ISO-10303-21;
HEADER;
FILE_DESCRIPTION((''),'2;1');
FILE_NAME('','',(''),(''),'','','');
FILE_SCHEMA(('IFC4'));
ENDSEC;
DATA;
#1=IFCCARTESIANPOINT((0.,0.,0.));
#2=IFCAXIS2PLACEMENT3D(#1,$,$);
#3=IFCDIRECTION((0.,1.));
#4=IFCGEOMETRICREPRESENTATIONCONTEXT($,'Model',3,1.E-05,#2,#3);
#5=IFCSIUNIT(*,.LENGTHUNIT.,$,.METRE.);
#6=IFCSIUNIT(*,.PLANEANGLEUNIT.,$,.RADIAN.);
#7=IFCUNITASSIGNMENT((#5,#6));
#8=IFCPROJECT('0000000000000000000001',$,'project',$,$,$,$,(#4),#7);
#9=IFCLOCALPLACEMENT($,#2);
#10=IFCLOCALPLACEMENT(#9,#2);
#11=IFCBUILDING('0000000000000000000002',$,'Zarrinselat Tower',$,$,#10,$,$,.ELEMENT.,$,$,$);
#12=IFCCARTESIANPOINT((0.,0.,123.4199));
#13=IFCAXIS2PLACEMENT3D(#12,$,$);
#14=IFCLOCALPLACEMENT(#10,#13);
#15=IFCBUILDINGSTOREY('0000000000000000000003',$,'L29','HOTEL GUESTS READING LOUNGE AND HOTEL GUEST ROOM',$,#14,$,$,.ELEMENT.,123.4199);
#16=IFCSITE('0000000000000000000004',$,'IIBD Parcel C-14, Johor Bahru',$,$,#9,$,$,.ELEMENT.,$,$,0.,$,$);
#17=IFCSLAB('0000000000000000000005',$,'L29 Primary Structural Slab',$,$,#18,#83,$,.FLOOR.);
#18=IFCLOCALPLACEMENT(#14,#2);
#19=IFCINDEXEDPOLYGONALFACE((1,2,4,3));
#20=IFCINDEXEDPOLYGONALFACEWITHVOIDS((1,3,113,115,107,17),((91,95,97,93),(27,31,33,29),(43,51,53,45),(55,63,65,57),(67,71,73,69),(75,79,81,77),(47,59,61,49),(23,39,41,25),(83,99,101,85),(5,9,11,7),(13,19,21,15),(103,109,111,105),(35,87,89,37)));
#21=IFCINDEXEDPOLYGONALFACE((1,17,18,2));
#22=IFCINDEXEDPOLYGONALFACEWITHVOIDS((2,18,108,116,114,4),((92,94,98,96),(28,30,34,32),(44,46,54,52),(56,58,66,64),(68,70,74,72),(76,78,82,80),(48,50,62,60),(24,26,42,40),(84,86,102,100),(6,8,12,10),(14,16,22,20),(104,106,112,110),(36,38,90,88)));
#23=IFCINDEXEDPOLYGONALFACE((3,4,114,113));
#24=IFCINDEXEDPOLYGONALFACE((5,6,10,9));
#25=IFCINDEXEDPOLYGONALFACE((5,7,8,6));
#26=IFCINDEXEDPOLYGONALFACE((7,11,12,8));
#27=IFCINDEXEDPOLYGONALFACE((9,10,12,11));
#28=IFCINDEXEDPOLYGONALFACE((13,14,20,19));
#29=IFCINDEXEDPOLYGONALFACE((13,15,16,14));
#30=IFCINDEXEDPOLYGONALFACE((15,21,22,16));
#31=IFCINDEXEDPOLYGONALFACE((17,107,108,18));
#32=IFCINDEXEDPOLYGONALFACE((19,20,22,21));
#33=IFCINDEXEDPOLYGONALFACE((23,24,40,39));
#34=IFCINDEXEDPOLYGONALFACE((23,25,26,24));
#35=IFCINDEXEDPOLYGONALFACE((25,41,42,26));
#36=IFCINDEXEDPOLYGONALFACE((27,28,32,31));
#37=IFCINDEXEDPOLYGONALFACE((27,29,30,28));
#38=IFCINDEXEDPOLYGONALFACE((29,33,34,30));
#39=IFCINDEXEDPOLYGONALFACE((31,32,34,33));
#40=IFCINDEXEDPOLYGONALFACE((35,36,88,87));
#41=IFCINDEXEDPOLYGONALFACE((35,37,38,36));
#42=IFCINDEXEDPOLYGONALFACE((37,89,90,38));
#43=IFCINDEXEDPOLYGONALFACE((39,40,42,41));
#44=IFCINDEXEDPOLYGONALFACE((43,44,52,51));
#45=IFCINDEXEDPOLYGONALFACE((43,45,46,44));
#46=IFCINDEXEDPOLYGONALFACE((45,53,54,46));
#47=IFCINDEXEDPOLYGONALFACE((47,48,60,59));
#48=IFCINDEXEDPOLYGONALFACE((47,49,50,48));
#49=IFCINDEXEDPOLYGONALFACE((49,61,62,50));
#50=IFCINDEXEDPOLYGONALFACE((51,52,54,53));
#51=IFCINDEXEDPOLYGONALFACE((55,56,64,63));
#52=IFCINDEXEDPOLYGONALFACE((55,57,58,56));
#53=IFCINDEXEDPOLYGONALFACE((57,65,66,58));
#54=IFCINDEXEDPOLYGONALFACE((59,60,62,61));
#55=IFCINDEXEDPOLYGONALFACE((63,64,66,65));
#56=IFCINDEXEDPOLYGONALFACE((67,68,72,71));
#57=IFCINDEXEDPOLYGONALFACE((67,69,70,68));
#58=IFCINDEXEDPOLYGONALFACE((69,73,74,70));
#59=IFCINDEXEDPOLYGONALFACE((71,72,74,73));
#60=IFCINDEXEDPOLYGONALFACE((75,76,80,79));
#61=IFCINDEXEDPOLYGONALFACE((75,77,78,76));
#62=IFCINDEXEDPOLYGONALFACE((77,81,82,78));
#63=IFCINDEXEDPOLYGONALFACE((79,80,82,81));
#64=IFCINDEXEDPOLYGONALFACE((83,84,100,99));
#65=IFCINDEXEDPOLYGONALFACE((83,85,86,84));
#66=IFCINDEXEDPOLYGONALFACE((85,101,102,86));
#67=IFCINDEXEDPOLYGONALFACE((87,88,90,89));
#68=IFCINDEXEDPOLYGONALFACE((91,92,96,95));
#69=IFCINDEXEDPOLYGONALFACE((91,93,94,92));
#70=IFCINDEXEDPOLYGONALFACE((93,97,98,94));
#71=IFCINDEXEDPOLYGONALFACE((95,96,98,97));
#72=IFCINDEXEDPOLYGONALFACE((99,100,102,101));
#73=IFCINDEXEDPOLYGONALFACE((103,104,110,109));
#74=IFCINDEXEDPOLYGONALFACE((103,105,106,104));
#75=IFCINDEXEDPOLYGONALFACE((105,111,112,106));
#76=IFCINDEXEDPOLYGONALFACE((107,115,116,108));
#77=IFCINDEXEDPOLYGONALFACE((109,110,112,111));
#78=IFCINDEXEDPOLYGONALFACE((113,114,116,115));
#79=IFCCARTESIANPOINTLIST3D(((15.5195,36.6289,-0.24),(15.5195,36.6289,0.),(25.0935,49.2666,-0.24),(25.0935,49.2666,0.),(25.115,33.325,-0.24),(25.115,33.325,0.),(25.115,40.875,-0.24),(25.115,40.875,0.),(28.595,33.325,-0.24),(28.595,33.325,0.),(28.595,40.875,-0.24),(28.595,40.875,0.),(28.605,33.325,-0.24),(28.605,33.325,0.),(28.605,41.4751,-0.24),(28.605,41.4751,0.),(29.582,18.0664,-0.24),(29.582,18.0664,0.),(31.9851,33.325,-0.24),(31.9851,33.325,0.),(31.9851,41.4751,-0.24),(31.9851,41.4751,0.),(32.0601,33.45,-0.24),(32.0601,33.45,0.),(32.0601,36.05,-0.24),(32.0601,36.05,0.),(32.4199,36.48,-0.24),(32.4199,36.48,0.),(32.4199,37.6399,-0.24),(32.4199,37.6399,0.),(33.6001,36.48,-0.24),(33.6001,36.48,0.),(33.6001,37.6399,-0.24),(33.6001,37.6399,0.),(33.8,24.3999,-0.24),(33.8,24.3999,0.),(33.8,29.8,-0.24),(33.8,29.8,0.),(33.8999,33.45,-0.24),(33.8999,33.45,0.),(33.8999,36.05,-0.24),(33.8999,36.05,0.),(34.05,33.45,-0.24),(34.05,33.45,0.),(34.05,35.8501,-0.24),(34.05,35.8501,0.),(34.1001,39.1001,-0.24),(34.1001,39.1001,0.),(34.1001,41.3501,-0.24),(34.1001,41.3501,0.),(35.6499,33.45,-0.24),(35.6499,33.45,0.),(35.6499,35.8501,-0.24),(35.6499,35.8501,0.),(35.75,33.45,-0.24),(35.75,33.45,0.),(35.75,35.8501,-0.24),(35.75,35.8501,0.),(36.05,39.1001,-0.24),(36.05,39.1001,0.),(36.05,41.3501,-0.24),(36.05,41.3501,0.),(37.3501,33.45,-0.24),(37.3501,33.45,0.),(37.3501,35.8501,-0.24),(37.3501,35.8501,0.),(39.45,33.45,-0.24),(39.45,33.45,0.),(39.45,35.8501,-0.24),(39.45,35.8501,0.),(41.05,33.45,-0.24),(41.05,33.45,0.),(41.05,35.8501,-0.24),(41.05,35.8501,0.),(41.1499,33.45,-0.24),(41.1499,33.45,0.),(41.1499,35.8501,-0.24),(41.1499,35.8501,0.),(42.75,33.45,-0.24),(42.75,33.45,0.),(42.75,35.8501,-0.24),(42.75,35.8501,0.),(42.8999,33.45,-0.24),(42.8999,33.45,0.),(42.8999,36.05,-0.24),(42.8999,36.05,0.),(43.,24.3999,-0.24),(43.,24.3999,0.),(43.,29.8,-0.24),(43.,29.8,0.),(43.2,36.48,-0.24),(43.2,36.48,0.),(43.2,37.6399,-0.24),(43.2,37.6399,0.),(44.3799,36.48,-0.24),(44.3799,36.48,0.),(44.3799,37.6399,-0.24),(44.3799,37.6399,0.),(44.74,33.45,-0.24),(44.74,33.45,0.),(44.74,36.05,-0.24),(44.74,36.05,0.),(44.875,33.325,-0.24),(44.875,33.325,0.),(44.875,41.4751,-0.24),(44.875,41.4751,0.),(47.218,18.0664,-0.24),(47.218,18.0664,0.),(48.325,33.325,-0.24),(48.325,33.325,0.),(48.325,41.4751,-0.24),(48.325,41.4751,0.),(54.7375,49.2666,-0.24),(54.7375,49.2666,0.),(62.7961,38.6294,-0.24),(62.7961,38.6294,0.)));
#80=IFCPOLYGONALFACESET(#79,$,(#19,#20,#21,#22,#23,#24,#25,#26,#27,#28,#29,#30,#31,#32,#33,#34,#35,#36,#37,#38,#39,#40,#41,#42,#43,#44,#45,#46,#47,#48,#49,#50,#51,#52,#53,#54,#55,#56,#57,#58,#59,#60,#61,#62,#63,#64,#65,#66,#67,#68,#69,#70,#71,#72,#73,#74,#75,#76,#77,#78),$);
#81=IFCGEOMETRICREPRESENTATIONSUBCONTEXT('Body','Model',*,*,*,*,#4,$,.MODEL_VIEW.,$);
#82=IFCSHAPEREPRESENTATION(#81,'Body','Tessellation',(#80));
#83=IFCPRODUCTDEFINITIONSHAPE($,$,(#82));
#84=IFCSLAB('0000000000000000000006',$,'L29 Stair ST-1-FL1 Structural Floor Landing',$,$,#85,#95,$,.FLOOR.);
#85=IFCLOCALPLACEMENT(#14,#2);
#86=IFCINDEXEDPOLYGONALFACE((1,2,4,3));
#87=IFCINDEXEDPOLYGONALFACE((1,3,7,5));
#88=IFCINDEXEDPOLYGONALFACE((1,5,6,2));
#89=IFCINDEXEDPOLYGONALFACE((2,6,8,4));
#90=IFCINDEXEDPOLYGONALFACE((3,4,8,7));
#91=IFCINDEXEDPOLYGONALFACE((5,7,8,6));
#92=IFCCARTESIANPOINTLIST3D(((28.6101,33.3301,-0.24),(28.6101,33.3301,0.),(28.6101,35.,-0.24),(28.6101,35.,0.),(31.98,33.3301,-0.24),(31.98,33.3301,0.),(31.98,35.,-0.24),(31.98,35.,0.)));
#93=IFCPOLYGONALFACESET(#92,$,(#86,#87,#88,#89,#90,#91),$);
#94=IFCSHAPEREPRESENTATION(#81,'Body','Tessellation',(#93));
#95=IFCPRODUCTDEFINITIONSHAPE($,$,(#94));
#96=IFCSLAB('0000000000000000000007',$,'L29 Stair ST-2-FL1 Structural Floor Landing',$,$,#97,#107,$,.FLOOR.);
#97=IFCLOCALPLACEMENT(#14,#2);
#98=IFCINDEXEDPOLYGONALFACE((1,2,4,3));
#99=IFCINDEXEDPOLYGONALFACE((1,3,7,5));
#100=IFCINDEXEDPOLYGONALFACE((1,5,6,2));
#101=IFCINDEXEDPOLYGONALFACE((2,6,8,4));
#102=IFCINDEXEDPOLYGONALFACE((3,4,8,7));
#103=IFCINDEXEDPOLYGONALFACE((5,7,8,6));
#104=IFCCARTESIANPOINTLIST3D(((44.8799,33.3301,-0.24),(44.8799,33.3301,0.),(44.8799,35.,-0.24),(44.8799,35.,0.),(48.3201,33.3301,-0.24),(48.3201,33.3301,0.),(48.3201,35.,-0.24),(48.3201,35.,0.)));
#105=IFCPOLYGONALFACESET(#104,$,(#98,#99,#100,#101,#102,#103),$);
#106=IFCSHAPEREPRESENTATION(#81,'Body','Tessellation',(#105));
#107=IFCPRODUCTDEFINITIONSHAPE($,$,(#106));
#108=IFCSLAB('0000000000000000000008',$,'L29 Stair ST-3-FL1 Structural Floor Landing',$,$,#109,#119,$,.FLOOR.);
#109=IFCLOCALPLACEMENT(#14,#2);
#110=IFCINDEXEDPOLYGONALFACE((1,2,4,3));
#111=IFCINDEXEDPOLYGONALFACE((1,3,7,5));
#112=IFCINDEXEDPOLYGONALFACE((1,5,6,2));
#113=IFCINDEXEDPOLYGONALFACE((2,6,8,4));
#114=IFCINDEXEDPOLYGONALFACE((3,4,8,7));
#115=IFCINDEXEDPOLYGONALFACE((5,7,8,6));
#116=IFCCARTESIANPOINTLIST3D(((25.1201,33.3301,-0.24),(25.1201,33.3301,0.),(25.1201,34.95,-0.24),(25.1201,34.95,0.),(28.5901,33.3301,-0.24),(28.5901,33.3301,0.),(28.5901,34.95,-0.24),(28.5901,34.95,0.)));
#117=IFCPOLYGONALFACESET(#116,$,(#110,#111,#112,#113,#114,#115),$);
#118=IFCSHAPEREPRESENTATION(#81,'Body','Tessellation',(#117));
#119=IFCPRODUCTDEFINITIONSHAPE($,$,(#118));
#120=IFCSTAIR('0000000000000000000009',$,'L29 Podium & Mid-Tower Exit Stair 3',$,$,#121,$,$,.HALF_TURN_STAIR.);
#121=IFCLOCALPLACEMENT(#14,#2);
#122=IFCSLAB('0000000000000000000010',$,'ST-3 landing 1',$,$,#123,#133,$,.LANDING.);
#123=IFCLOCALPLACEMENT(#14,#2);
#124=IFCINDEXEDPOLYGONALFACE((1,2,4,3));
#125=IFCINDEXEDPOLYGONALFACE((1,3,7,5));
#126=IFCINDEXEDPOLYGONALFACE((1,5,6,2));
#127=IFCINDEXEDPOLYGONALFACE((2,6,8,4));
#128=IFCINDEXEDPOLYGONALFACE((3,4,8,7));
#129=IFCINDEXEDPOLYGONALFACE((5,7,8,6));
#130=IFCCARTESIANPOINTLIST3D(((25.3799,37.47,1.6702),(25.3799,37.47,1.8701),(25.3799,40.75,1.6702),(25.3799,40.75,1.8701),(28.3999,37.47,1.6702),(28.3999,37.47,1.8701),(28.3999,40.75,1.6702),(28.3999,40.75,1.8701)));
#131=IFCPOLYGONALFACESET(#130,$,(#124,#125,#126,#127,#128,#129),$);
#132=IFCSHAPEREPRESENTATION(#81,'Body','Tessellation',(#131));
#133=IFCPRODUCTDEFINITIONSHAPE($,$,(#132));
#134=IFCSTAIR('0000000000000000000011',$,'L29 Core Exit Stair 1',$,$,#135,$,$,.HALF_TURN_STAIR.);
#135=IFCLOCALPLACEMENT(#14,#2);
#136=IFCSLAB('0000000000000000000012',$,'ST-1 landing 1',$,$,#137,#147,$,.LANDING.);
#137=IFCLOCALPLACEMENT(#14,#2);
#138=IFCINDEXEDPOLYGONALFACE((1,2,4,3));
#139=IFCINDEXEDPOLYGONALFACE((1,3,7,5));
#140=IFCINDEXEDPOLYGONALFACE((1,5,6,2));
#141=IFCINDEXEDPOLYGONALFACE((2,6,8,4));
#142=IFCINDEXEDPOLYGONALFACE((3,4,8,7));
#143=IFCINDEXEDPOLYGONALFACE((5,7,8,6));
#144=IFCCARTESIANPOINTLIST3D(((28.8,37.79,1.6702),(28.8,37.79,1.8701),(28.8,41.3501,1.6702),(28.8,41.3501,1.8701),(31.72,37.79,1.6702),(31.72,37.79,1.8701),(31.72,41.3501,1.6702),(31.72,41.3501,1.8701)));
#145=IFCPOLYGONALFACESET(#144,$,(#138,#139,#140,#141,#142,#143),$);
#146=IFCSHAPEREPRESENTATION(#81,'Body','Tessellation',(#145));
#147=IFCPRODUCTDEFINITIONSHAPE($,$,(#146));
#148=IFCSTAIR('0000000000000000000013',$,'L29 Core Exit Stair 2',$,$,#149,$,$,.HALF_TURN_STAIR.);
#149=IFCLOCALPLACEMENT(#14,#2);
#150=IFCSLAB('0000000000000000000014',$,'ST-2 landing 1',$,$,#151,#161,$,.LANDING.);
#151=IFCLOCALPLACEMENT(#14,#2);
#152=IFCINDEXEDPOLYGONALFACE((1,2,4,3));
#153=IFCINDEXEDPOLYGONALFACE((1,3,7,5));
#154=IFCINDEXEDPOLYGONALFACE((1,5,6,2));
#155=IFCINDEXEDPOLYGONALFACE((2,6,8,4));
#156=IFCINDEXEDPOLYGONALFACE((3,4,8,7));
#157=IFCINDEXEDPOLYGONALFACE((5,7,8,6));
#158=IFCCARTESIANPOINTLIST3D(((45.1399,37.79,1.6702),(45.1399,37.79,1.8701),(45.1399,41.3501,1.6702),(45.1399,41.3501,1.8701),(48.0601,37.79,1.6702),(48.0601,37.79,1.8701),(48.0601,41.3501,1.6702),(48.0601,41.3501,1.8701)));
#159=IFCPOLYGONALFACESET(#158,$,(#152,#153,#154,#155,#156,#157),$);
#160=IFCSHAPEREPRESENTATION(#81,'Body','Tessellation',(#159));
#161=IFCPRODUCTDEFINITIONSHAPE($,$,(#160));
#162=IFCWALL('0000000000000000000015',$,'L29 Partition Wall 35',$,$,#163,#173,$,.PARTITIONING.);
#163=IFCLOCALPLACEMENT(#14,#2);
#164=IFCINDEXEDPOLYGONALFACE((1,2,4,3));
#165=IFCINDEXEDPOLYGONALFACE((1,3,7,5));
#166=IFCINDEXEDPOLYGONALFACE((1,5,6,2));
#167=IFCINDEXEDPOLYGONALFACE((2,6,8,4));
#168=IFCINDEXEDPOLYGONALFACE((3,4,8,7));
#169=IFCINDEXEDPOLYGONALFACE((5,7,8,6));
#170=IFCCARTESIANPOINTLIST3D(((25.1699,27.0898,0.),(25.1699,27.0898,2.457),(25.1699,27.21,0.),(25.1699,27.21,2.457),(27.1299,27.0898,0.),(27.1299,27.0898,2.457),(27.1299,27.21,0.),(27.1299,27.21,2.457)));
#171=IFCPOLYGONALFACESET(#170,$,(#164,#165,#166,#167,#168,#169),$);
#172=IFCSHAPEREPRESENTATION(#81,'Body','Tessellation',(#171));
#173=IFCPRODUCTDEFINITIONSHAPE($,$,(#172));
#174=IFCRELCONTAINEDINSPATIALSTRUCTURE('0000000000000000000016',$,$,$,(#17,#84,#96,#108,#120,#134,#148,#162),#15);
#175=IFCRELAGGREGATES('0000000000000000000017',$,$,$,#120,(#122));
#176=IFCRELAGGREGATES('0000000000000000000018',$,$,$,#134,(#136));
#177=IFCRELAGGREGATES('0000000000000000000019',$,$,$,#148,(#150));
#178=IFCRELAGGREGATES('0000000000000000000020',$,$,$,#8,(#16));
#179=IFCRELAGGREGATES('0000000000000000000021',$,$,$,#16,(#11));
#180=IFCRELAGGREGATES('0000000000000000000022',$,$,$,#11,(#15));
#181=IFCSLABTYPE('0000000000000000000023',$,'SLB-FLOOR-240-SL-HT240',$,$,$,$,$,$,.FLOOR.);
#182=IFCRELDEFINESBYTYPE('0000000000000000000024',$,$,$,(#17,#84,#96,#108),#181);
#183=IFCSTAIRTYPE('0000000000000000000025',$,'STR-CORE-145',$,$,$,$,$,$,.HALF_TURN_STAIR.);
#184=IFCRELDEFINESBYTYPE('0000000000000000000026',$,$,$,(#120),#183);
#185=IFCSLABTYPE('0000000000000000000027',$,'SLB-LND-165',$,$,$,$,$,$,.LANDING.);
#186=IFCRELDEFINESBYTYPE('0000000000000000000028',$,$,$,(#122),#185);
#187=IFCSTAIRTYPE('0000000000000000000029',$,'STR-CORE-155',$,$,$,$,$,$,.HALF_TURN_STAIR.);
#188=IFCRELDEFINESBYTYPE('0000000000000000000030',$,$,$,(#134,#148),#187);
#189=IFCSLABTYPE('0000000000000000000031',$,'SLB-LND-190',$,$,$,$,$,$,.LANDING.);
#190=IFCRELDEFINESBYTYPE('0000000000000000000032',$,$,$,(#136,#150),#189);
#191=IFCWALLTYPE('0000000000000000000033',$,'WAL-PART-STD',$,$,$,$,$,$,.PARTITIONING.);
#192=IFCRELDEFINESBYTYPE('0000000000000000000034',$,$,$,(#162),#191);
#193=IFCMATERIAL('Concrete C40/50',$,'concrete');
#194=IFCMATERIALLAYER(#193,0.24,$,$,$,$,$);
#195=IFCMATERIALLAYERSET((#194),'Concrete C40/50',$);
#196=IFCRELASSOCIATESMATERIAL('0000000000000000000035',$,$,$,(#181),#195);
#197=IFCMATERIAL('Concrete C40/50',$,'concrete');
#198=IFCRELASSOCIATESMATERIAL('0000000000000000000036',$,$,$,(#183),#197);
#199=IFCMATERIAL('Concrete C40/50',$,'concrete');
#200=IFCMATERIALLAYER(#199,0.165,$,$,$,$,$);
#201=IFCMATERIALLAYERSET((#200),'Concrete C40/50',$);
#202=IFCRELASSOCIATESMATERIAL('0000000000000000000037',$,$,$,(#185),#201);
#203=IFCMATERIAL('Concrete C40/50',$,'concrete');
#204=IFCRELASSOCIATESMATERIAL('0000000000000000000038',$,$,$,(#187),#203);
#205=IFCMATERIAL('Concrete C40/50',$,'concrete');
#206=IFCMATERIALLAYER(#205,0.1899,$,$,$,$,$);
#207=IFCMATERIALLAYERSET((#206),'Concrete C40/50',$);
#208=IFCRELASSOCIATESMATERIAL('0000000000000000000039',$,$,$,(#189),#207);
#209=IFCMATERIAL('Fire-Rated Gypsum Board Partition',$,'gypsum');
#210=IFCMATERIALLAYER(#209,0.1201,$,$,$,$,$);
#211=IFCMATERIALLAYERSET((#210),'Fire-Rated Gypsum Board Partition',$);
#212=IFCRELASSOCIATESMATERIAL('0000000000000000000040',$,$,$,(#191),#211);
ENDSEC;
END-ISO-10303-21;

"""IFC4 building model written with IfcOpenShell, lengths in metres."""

from ifc_helpers import new_model, si_unit, direction, frame, frame_2d, origin, place, context, subcontext, project, spatial, polyline, rectangle, outline, extrude, material, layer, layer_set, type_object, element, aggregate, save


model = new_model("IFC4")

# Units and contexts
model_context = context("Model", 3, precision=1e-05, world=origin(), true_north=direction((0.0, 1.0)))
body_context = subcontext(model_context, "Body", "Model", "MODEL_VIEW")
ifc_project = project(units=[si_unit("LENGTHUNIT", "METRE"), si_unit("PLANEANGLEUNIT", "RADIAN")], contexts=[model_context])

# Site, building, storey
site_placement = place(None, origin())
site = spatial("IfcSite", under=ifc_project, at=site_placement, Name="IIBD Parcel C-14, Johor Bahru", CompositionType="ELEMENT", RefElevation=0.0)
building_placement = place(site_placement, origin())
building = spatial("IfcBuilding", under=site, at=building_placement, Name="Zarrinselat Tower", CompositionType="ELEMENT")
storey_placement = place(building_placement, frame((0.0, 0.0, 123.4199)))
storey = spatial("IfcBuildingStorey", under=building, at=storey_placement, Name="L29", Description="HOTEL GUESTS READING LOUNGE AND HOTEL GUEST ROOM", CompositionType="ELEMENT", Elevation=123.4199)

# Slabs
ifc_material_1 = material(Name="Concrete C40/50", Category="concrete")
ifc_layer_1 = layer(ifc_material_1, 0.24)
ifc_layer_set_1 = layer_set([ifc_layer_1], Name="Concrete C40/50")
slab_type_1 = type_object("IfcSlabType", Name="SLB-FLOOR-240-SL-HT240", PredefinedType="FLOOR", material=ifc_layer_set_1)
slab_1_placement = place(storey_placement, frame((0.0, 0.0, -0.24)))
element("IfcSlab", 1, at=slab_1_placement, inside=storey, type_object=slab_type_1, Name="L29 Primary Structural Slab", PredefinedType="FLOOR", context=body_context, shape_type="SweptSolid", body=[
    extrude(outline(polyline([(54.7375, 49.2666), (25.0935, 49.2666), (15.5195, 36.6289), (29.582, 18.0664), (47.218, 18.0664), (62.7961, 38.6294), (54.7375, 49.2666)]), holes=[polyline([(35.6499, 33.45), (34.05, 33.45), (34.05, 35.8501), (35.6499, 35.8501), (35.6499, 33.45)]), polyline([(35.75, 33.45), (35.75, 35.8501), (37.3501, 35.8501), (37.3501, 33.45), (35.75, 33.45)]), polyline([(32.0601, 33.45), (32.0601, 36.05), (33.8999, 36.05), (33.8999, 33.45), (32.0601, 33.45)]), polyline([(33.6001, 36.48), (32.4199, 36.48), (32.4199, 37.6399), (33.6001, 37.6399), (33.6001, 36.48)]), polyline([(28.595, 33.325), (25.115, 33.325), (25.115, 40.875), (28.595, 40.875), (28.595, 33.325)]), polyline([(31.9851, 33.325), (28.605, 33.325), (28.605, 41.4751), (31.9851, 41.4751), (31.9851, 33.325)]), polyline([(36.05, 39.1001), (34.1001, 39.1001), (34.1001, 41.3501), (36.05, 41.3501), (36.05, 39.1001)]), polyline([(33.8, 24.3999), (33.8, 29.8), (43.0, 29.8), (43.0, 24.3999), (33.8, 24.3999)]), polyline([(39.45, 33.45), (39.45, 35.8501), (41.05, 35.8501), (41.05, 33.45), (39.45, 33.45)]), polyline([(41.1499, 33.45), (41.1499, 35.8501), (42.75, 35.8501), (42.75, 33.45), (41.1499, 33.45)]), polyline([(42.8999, 33.45), (42.8999, 36.05), (44.74, 36.05), (44.74, 33.45), (42.8999, 33.45)]), polyline([(43.2, 36.48), (43.2, 37.6399), (44.3799, 37.6399), (44.3799, 36.48), (43.2, 36.48)]), polyline([(48.325, 33.325), (44.875, 33.325), (44.875, 41.4751), (48.325, 41.4751), (48.325, 33.325)])]), origin(), (0.0, 0.0, 1.0), 0.24),
])
slab_2_placement = place(storey_placement, frame((0.0, 0.0, -0.24)))
element("IfcSlab", 2, at=slab_2_placement, inside=storey, type_object=slab_type_1, Name="L29 Stair ST-1-FL1 Structural Floor Landing", PredefinedType="FLOOR", context=body_context, shape_type="SweptSolid", body=[
    extrude(outline(polyline([(31.98, 33.3301), (31.98, 35.0), (28.6101, 35.0), (28.6101, 33.3301), (31.98, 33.3301)])), origin(), (0.0, 0.0, 1.0), 0.24),
])
slab_3_placement = place(storey_placement, frame((0.0, 0.0, -0.24)))
element("IfcSlab", 3, at=slab_3_placement, inside=storey, type_object=slab_type_1, Name="L29 Stair ST-2-FL1 Structural Floor Landing", PredefinedType="FLOOR", context=body_context, shape_type="SweptSolid", body=[
    extrude(outline(polyline([(48.3201, 33.3301), (48.3201, 35.0), (44.8799, 35.0), (44.8799, 33.3301), (48.3201, 33.3301)])), origin(), (0.0, 0.0, 1.0), 0.24),
])
slab_4_placement = place(storey_placement, frame((0.0, 0.0, -0.24)))
element("IfcSlab", 4, at=slab_4_placement, inside=storey, type_object=slab_type_1, Name="L29 Stair ST-3-FL1 Structural Floor Landing", PredefinedType="FLOOR", context=body_context, shape_type="SweptSolid", body=[
    extrude(outline(polyline([(28.5901, 33.3301), (28.5901, 34.95), (25.1201, 34.95), (25.1201, 33.3301), (28.5901, 33.3301)])), origin(), (0.0, 0.0, 1.0), 0.24),
])

# Stairs, slabs
ifc_material_2 = material(Name="Concrete C40/50", Category="concrete")
stair_type_1 = type_object("IfcStairType", Name="STR-CORE-145", PredefinedType="HALF_TURN_STAIR", material=ifc_material_2)
stair_1_placement = place(storey_placement, origin())
stair_1 = element("IfcStair", 5, at=stair_1_placement, inside=storey, type_object=stair_type_1, Name="L29 Podium & Mid-Tower Exit Stair 3", PredefinedType="HALF_TURN_STAIR")
ifc_material_3 = material(Name="Concrete C40/50", Category="concrete")
ifc_layer_2 = layer(ifc_material_3, 0.165)
ifc_layer_set_2 = layer_set([ifc_layer_2], Name="Concrete C40/50")
slab_type_2 = type_object("IfcSlabType", Name="SLB-LND-165", PredefinedType="LANDING", material=ifc_layer_set_2)
slab_5_placement = place(storey_placement, frame((0.0, 0.0, 1.6702)))
slab_5 = element("IfcSlab", 6, at=slab_5_placement, type_object=slab_type_2, Name="ST-3 landing 1", PredefinedType="LANDING", context=body_context, shape_type="SweptSolid", body=[
    extrude(outline(polyline([(28.3999, 37.47), (28.3999, 40.75), (25.3799, 40.75), (25.3799, 37.47), (28.3999, 37.47)])), origin(), (0.0, 0.0, 1.0), 0.2),
])
aggregate(stair_1, [slab_5])
ifc_material_4 = material(Name="Concrete C40/50", Category="concrete")
stair_type_2 = type_object("IfcStairType", Name="STR-CORE-155", PredefinedType="HALF_TURN_STAIR", material=ifc_material_4)
stair_2_placement = place(storey_placement, origin())
stair_2 = element("IfcStair", 7, at=stair_2_placement, inside=storey, type_object=stair_type_2, Name="L29 Core Exit Stair 1", PredefinedType="HALF_TURN_STAIR")
ifc_material_5 = material(Name="Concrete C40/50", Category="concrete")
ifc_layer_3 = layer(ifc_material_5, 0.1899)
ifc_layer_set_3 = layer_set([ifc_layer_3], Name="Concrete C40/50")
slab_type_3 = type_object("IfcSlabType", Name="SLB-LND-190", PredefinedType="LANDING", material=ifc_layer_set_3)
slab_6_placement = place(storey_placement, frame((0.0, 0.0, 1.6702)))
slab_6 = element("IfcSlab", 8, at=slab_6_placement, type_object=slab_type_3, Name="ST-1 landing 1", PredefinedType="LANDING", context=body_context, shape_type="SweptSolid", body=[
    extrude(outline(polyline([(31.72, 37.79), (31.72, 41.3501), (28.8, 41.3501), (28.8, 37.79), (31.72, 37.79)])), origin(), (0.0, 0.0, 1.0), 0.2),
])
aggregate(stair_2, [slab_6])
stair_3_placement = place(storey_placement, origin())
stair_3 = element("IfcStair", 9, at=stair_3_placement, inside=storey, type_object=stair_type_2, Name="L29 Core Exit Stair 2", PredefinedType="HALF_TURN_STAIR")
slab_7_placement = place(storey_placement, frame((0.0, 0.0, 1.6702)))
slab_7 = element("IfcSlab", 10, at=slab_7_placement, type_object=slab_type_3, Name="ST-2 landing 1", PredefinedType="LANDING", context=body_context, shape_type="SweptSolid", body=[
    extrude(outline(polyline([(48.0601, 37.79), (48.0601, 41.3501), (45.1399, 41.3501), (45.1399, 37.79), (48.0601, 37.79)])), origin(), (0.0, 0.0, 1.0), 0.2),
])
aggregate(stair_3, [slab_7])

# Wall
ifc_material_6 = material(Name="Fire-Rated Gypsum Board Partition", Category="gypsum")
ifc_layer_4 = layer(ifc_material_6, 0.1201)
ifc_layer_set_4 = layer_set([ifc_layer_4], Name="Fire-Rated Gypsum Board Partition")
wall_type_1 = type_object("IfcWallType", Name="WAL-PART-STD", PredefinedType="PARTITIONING", material=ifc_layer_set_4)
wall_1_placement = place(storey_placement, frame((25.1699, 27.1499, 0.0), z_axis=(0.0, 0.0, 1.0), x_axis=(1.0, 0.0, 0.0)))
element("IfcWall", 11, at=wall_1_placement, inside=storey, type_object=wall_type_1, Name="L29 Partition Wall 35", PredefinedType="PARTITIONING", context=body_context, shape_type="SweptSolid", body=[
    extrude(rectangle(XDim=1.96, YDim=0.1201, at=frame_2d((0.98, 0.0))), origin(), (0.0, 0.0, 1.0), 2.457),
])

save(model, "model.ifc")
